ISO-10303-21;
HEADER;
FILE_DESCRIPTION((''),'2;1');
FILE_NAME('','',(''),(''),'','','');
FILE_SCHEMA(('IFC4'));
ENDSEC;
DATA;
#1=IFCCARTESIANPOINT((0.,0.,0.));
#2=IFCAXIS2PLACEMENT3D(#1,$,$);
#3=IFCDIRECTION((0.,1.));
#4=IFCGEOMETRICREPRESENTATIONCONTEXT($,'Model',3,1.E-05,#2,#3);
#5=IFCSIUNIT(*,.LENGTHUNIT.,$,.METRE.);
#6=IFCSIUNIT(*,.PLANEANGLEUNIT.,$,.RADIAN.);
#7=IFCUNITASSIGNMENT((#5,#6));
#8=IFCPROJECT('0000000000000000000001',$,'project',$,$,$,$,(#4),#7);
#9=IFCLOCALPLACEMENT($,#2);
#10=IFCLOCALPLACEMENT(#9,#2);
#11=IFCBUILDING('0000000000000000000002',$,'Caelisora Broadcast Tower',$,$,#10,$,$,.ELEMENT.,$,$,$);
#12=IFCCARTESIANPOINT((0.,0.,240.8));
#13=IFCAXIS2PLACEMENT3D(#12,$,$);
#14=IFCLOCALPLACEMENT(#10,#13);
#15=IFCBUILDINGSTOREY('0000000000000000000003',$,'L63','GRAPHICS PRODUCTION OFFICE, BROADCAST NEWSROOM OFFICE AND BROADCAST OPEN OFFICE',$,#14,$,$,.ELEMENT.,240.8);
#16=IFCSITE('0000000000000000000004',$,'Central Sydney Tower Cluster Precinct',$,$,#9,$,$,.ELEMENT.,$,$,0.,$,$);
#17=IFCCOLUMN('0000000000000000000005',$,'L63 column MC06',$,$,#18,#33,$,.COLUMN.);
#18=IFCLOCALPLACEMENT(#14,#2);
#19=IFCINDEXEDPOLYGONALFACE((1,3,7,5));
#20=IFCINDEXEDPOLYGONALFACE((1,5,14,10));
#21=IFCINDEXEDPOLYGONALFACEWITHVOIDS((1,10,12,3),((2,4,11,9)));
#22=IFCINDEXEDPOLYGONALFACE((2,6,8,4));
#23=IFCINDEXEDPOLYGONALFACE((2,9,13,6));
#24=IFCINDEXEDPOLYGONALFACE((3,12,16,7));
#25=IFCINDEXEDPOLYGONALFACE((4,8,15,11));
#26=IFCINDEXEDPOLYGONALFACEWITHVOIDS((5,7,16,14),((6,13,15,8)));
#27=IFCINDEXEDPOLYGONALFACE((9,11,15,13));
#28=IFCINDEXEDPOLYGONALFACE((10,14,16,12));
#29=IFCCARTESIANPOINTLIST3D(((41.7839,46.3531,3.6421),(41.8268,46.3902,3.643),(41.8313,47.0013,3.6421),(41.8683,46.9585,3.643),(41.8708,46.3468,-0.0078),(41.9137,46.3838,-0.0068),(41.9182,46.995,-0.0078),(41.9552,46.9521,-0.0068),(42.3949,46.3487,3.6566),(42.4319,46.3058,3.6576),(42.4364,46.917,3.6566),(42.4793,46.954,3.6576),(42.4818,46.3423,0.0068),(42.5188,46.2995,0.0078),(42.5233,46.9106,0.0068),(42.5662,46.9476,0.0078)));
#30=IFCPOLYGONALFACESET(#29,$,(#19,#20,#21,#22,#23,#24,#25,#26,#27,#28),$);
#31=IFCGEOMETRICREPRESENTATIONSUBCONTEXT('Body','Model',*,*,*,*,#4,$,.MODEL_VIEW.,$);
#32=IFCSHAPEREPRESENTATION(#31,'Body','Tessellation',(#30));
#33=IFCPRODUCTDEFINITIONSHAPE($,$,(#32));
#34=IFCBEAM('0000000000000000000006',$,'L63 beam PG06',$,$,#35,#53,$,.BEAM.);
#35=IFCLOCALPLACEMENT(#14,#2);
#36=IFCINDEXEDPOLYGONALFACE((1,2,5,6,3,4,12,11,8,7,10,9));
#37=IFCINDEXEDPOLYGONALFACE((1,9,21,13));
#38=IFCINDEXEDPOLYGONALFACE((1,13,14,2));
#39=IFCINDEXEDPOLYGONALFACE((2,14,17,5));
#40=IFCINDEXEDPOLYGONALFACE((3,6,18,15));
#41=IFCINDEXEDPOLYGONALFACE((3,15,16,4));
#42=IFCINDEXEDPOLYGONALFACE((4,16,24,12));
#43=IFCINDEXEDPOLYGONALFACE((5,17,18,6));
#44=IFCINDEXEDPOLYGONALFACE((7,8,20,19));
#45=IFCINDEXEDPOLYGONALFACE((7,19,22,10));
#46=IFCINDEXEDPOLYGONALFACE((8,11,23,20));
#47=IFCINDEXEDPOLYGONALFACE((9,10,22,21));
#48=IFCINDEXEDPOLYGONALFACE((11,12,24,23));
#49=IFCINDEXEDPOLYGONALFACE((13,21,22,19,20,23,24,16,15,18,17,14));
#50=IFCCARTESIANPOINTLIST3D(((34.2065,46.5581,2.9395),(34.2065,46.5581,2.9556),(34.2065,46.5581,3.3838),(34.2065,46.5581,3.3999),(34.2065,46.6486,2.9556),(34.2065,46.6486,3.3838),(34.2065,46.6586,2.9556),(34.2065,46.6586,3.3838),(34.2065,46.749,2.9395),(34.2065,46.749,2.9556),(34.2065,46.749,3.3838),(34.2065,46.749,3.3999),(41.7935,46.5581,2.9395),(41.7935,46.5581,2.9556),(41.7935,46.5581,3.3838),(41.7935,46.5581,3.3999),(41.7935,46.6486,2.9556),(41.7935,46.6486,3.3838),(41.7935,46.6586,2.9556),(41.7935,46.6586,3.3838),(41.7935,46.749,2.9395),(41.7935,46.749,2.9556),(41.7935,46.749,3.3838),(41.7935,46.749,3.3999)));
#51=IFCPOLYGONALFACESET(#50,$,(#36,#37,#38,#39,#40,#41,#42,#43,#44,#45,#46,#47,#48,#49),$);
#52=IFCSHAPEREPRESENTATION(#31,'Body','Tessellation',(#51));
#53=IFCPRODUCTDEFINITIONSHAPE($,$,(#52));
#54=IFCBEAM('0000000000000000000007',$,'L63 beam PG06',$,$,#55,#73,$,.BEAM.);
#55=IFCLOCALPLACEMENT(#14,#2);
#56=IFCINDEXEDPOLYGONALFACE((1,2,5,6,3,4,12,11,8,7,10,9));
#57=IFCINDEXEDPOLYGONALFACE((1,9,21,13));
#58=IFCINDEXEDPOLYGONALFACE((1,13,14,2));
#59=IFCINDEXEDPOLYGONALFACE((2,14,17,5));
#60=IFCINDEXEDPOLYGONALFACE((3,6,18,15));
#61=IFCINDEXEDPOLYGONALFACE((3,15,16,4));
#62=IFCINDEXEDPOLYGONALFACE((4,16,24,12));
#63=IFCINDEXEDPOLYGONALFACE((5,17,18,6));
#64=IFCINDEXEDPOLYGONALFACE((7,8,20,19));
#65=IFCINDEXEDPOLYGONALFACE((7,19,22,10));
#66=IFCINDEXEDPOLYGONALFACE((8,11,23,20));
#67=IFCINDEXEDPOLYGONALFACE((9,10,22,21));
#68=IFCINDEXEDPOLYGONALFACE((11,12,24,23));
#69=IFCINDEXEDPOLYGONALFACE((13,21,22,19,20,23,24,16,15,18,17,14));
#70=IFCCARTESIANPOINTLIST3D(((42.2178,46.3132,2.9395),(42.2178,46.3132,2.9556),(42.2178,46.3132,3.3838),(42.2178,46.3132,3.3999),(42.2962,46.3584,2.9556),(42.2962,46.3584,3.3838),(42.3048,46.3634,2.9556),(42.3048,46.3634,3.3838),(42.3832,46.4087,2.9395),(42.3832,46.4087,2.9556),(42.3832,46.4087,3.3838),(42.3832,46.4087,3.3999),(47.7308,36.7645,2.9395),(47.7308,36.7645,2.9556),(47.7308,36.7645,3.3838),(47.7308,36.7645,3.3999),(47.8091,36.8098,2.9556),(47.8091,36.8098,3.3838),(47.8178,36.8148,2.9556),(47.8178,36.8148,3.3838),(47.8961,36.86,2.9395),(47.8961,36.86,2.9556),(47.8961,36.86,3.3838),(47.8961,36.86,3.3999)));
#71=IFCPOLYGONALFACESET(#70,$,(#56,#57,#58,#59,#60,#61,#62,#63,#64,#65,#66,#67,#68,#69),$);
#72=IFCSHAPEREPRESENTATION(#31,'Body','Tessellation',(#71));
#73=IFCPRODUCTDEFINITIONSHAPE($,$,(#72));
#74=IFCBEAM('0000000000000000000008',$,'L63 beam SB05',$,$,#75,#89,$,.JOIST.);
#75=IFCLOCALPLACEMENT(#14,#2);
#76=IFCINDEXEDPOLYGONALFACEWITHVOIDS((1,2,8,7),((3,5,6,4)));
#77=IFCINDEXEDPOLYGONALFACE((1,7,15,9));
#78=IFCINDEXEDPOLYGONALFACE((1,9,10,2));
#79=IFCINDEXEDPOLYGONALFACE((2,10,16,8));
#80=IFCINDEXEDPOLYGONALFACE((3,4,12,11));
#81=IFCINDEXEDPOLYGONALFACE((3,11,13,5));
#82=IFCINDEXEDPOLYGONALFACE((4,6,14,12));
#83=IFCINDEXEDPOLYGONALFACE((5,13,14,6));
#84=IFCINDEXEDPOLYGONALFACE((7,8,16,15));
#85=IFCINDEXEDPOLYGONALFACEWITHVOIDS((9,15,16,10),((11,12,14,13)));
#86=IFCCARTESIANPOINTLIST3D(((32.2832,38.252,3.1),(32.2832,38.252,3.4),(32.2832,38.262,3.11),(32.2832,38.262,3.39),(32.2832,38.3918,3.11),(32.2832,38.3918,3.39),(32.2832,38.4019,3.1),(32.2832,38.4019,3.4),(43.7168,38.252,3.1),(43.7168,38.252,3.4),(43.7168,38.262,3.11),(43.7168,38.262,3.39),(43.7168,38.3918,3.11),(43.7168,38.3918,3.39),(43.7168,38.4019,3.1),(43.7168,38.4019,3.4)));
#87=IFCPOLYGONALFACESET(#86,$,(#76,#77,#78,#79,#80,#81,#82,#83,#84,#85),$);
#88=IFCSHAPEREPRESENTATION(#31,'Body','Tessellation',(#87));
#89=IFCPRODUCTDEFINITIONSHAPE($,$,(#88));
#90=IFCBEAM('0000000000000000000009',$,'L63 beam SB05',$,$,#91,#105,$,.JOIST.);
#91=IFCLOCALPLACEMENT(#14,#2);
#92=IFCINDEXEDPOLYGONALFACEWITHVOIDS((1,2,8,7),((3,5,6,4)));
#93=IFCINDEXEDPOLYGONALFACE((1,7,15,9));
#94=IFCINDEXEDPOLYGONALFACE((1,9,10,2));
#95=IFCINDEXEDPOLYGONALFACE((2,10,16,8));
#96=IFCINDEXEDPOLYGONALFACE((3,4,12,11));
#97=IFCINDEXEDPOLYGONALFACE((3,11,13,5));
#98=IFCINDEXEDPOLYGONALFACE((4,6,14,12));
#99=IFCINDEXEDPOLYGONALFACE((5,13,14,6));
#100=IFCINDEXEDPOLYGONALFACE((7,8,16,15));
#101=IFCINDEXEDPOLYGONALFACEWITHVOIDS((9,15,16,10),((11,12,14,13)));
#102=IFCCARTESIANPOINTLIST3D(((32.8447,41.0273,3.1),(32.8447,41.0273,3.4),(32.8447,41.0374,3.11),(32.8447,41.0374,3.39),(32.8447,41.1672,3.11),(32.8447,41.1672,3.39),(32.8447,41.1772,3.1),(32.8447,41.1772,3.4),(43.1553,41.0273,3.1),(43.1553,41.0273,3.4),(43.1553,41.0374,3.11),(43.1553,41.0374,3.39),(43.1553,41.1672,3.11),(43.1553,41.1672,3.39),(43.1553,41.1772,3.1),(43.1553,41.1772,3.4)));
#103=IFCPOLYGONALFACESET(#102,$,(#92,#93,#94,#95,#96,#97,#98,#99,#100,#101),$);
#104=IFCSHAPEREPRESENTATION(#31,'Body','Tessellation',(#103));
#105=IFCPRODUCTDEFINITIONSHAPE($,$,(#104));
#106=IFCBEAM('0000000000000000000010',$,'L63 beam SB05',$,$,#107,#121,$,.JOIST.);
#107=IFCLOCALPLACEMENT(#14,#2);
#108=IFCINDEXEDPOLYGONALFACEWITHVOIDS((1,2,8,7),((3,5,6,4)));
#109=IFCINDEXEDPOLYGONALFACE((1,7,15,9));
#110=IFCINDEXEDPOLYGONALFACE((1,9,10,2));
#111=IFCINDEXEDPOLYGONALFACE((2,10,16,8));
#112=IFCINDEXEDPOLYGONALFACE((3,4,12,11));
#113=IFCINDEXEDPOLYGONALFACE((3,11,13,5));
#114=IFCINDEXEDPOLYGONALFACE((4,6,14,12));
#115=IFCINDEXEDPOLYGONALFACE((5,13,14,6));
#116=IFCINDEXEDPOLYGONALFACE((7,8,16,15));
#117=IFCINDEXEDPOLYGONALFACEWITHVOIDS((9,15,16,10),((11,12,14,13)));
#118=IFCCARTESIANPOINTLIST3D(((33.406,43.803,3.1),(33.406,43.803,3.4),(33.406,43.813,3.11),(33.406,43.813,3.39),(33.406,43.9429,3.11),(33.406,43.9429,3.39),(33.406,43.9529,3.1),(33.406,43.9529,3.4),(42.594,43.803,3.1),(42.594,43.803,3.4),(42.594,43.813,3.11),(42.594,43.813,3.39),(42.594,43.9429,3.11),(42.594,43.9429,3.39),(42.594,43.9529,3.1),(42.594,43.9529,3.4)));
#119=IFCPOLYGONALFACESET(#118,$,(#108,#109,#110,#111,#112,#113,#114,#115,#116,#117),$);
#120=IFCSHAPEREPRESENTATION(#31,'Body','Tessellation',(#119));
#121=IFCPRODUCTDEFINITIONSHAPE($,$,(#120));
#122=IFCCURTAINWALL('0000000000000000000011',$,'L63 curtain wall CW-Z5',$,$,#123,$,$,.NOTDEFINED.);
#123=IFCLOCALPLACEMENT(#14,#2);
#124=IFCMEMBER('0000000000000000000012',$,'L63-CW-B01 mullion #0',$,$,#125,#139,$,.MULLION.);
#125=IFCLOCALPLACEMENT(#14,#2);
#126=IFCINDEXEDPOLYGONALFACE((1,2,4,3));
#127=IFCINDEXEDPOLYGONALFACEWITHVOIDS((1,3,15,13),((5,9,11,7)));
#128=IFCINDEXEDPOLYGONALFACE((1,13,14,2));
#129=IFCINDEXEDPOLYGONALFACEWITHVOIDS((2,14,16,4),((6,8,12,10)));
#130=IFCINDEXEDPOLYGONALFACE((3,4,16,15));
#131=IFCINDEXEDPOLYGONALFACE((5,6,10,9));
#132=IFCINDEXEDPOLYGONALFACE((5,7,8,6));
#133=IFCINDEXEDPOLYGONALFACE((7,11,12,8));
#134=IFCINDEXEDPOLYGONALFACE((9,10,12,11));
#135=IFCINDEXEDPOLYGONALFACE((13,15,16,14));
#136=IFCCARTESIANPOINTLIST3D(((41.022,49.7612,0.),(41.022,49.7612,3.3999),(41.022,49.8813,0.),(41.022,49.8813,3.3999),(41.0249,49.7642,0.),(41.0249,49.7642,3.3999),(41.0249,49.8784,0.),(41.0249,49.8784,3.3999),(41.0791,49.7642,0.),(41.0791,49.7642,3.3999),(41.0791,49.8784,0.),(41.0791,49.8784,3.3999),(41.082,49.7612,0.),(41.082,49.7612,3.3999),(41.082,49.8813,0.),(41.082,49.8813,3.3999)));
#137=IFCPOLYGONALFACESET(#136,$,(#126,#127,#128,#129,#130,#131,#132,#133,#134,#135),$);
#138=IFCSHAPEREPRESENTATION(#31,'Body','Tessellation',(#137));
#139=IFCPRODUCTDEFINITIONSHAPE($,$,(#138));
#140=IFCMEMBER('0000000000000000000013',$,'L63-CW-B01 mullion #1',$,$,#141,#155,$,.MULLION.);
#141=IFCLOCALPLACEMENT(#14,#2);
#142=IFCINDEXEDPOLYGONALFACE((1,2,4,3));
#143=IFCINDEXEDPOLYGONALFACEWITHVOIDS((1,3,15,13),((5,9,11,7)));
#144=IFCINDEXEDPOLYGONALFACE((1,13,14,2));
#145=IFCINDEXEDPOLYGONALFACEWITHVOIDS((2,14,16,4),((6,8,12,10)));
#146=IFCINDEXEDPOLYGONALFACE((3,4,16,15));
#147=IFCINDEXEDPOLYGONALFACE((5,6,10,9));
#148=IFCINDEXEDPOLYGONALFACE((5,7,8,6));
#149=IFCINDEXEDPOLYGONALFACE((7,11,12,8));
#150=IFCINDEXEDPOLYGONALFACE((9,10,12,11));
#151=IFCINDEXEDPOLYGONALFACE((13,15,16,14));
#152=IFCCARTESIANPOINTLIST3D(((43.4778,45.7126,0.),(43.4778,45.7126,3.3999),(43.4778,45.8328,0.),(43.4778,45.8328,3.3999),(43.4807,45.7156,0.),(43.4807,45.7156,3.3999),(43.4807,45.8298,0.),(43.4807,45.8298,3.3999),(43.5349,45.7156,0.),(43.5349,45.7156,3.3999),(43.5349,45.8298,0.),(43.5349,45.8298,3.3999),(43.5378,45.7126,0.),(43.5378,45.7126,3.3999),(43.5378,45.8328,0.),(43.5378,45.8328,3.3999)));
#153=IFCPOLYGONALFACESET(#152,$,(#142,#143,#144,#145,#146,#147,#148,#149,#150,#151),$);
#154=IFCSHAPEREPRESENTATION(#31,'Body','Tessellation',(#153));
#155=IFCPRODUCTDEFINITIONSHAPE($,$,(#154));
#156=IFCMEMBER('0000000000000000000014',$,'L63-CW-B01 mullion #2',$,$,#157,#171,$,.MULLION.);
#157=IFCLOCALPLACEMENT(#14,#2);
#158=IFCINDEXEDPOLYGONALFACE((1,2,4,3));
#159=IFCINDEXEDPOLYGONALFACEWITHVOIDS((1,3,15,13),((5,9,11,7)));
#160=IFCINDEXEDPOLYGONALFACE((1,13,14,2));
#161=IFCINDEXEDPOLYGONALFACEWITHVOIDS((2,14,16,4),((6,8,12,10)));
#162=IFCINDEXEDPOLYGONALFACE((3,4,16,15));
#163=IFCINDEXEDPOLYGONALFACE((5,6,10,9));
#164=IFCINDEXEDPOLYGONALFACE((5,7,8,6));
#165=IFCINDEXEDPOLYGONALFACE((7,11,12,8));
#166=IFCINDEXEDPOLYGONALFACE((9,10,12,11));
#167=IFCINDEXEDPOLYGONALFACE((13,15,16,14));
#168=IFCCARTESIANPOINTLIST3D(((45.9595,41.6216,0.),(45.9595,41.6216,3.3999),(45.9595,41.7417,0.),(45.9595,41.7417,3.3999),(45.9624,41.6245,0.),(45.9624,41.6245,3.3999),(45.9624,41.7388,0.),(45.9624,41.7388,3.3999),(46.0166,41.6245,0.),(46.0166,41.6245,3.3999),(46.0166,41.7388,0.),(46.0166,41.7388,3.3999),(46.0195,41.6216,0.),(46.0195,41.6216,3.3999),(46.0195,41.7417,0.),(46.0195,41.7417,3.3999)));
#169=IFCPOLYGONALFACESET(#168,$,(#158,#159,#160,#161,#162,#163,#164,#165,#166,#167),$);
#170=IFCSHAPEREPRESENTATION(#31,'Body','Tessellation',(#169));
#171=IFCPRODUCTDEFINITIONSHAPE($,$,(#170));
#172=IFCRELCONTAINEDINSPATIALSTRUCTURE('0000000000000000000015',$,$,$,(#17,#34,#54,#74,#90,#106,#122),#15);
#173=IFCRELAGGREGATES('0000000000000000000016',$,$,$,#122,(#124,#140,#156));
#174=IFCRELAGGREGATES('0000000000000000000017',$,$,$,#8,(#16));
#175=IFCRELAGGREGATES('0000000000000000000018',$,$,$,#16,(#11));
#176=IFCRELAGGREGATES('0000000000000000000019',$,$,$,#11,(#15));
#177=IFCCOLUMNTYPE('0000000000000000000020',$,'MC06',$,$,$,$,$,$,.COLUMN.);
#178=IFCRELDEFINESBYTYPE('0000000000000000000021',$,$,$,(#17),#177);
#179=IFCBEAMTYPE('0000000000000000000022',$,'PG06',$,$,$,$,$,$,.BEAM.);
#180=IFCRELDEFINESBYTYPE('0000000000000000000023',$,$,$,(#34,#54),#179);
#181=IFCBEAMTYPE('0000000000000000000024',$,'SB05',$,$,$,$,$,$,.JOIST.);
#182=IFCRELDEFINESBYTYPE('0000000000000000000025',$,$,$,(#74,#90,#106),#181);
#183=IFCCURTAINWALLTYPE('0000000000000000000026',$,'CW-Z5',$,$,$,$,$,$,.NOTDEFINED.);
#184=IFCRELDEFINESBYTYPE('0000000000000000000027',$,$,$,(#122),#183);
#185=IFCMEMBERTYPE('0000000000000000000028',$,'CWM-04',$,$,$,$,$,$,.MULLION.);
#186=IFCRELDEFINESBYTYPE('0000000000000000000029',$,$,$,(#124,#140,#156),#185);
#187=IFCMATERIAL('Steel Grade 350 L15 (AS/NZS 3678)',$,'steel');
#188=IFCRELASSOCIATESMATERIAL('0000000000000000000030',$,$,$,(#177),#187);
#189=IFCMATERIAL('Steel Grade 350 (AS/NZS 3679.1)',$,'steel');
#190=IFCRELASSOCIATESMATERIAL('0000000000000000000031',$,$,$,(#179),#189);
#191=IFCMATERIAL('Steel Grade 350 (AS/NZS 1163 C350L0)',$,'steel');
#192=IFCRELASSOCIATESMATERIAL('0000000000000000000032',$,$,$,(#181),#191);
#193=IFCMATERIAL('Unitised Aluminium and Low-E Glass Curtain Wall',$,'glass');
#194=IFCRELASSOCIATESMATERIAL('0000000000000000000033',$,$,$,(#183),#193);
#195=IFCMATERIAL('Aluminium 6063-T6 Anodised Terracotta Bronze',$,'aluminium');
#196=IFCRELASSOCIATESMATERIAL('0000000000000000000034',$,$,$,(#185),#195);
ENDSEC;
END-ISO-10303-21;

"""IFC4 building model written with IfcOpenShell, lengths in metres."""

from ifc_helpers import new_model, si_unit, direction, frame, origin, origin_2d, place, context, subcontext, project, spatial, hollow_rectangle, i_section, extrude, source, transform, mapped, material, material_profile, profile_set, type_object, type_shapes, element, aggregate, save


model = new_model("IFC4")

# Units and contexts
model_context = context("Model", 3, precision=1e-05, world=origin(), true_north=direction((0.0, 1.0)))
body_context = subcontext(model_context, "Body", "Model", "MODEL_VIEW")
ifc_project = project(units=[si_unit("LENGTHUNIT", "METRE"), si_unit("PLANEANGLEUNIT", "RADIAN")], contexts=[model_context])

# Site, building, storey
site_placement = place(None, origin())
site = spatial("IfcSite", under=ifc_project, at=site_placement, Name="Central Sydney Tower Cluster Precinct", CompositionType="ELEMENT", RefElevation=0.0)
building_placement = place(site_placement, origin())
building = spatial("IfcBuilding", under=site, at=building_placement, Name="Caelisora Broadcast Tower", CompositionType="ELEMENT")
storey_placement = place(building_placement, frame((0.0, 0.0, 240.8)))
storey = spatial("IfcBuildingStorey", under=building, at=storey_placement, Name="L63", Description="GRAPHICS PRODUCTION OFFICE, BROADCAST NEWSROOM OFFICE AND BROADCAST OPEN OFFICE", CompositionType="ELEMENT", Elevation=240.8)

# Column
ifc_material_1 = material(Name="Steel Grade 350 L15 (AS/NZS 3678)", Category="steel")
ifc_material_profile_1 = material_profile(ifc_material_1, hollow_rectangle(XDim=0.6499, YDim=0.6499, WallThickness=0.04, at=origin_2d()), Name="Steel Grade 350 L15 (AS/NZS 3678)")
ifc_profile_set_1 = profile_set([ifc_material_profile_1], Name="Steel Grade 350 L15 (AS/NZS 3678)")
column_type = type_object("IfcColumnType", Name="MC06", PredefinedType="COLUMN", material=ifc_profile_set_1)
shared_shape_1 = source(origin(), body_context, "Body", "SweptSolid", [
    extrude(hollow_rectangle(XDim=0.6499, YDim=0.6499, WallThickness=0.04, at=origin_2d()), origin(), (0.0, 0.0, 1.0), 3.6509),
])
type_shapes(column_type, [shared_shape_1])
column_placement = place(storey_placement, frame((42.2185, 46.6472, 0.0), z_axis=(-0.023806, 0.001739, 0.999715), x_axis=(-0.07284, -0.997344, 0.0)))
element("IfcColumn", 1, at=column_placement, inside=storey, type_object=column_type, Name="L63 column MC06", PredefinedType="COLUMN", context=body_context, shape_type="MappedRepresentation", body=[
    mapped(shared_shape_1, transform((0.0, 0.0, 0.0), scale=1.0)),
])

# Beams
ifc_material_2 = material(Name="Steel Grade 350 (AS/NZS 3679.1)", Category="steel")
ifc_material_profile_2 = material_profile(ifc_material_2, i_section(OverallWidth=0.1909, OverallDepth=0.4604, WebThickness=0.01, FlangeThickness=0.0161, at=origin_2d()), Name="Steel Grade 350 (AS/NZS 3679.1)")
ifc_profile_set_2 = profile_set([ifc_material_profile_2], Name="Steel Grade 350 (AS/NZS 3679.1)")
beam_type_1 = type_object("IfcBeamType", Name="PG06", PredefinedType="BEAM", material=ifc_profile_set_2)
shared_shape_2 = source(origin(), body_context, "Body", "SweptSolid", [
    extrude(i_section(OverallWidth=0.1909, OverallDepth=0.4604, WebThickness=0.01, FlangeThickness=0.0161, at=origin_2d()), origin(), (0.0, 0.0, 1.0), 7.5869),
])
beam_1_placement = place(storey_placement, frame((41.7935, 46.6536, 3.1697), z_axis=(-1.0, 0.0, 0.0), x_axis=(0.0, -1.0, 0.0)))
element("IfcBeam", 2, at=beam_1_placement, inside=storey, type_object=beam_type_1, Name="L63 beam PG06", PredefinedType="BEAM", context=body_context, shape_type="MappedRepresentation", body=[
    mapped(shared_shape_2, transform((0.0, 0.0, 0.0), scale=1.0)),
])
shared_shape_3 = source(origin(), body_context, "Body", "SweptSolid", [
    extrude(i_section(OverallWidth=0.1909, OverallDepth=0.4604, WebThickness=0.01, FlangeThickness=0.0161, at=origin_2d()), origin(), (0.0, 0.0, 1.0), 11.0259),
])
type_shapes(beam_type_1, [shared_shape_2, shared_shape_3])
beam_2_placement = place(storey_placement, frame((47.8135, 36.8123, 3.1697), z_axis=(-0.500004, 0.866023, 0.0), x_axis=(-0.866023, -0.500004, 0.0)))
element("IfcBeam", 3, at=beam_2_placement, inside=storey, type_object=beam_type_1, Name="L63 beam PG06", PredefinedType="BEAM", context=body_context, shape_type="MappedRepresentation", body=[
    mapped(shared_shape_3, transform((0.0, 0.0, 0.0), scale=1.0)),
])
ifc_material_3 = material(Name="Steel Grade 350 (AS/NZS 1163 C350L0)", Category="steel")
ifc_material_profile_3 = material_profile(ifc_material_3, hollow_rectangle(XDim=0.1499, YDim=0.3, WallThickness=0.01, at=origin_2d()), Name="Steel Grade 350 (AS/NZS 1163 C350L0)")
ifc_profile_set_3 = profile_set([ifc_material_profile_3], Name="Steel Grade 350 (AS/NZS 1163 C350L0)")
beam_type_2 = type_object("IfcBeamType", Name="SB05", PredefinedType="JOIST", material=ifc_profile_set_3)
shared_shape_4 = source(origin(), body_context, "Body", "SweptSolid", [
    extrude(hollow_rectangle(XDim=0.1499, YDim=0.3, WallThickness=0.01, at=origin_2d()), origin(), (0.0, 0.0, 1.0), 11.4336),
])
beam_3_placement = place(storey_placement, frame((43.7168, 38.3269, 3.25), z_axis=(-1.0, 0.0, 0.0), x_axis=(0.0, -1.0, 0.0)))
element("IfcBeam", 4, at=beam_3_placement, inside=storey, type_object=beam_type_2, Name="L63 beam SB05", PredefinedType="JOIST", context=body_context, shape_type="MappedRepresentation", body=[
    mapped(shared_shape_4, transform((0.0, 0.0, 0.0), scale=1.0)),
])
shared_shape_5 = source(origin(), body_context, "Body", "SweptSolid", [
    extrude(hollow_rectangle(XDim=0.1499, YDim=0.3, WallThickness=0.01, at=origin_2d()), origin(), (0.0, 0.0, 1.0), 10.3105),
])
beam_4_placement = place(storey_placement, frame((43.1553, 41.1023, 3.25), z_axis=(-1.0, 0.0, 0.0), x_axis=(0.0, -1.0, 0.0)))
element("IfcBeam", 5, at=beam_4_placement, inside=storey, type_object=beam_type_2, Name="L63 beam SB05", PredefinedType="JOIST", context=body_context, shape_type="MappedRepresentation", body=[
    mapped(shared_shape_5, transform((0.0, 0.0, 0.0), scale=1.0)),
])
shared_shape_6 = source(origin(), body_context, "Body", "SweptSolid", [
    extrude(hollow_rectangle(XDim=0.1499, YDim=0.3, WallThickness=0.01, at=origin_2d()), origin(), (0.0, 0.0, 1.0), 9.188),
])
type_shapes(beam_type_2, [shared_shape_4, shared_shape_5, shared_shape_6])
beam_5_placement = place(storey_placement, frame((42.594, 43.8779, 3.25), z_axis=(-1.0, 0.0, 0.0), x_axis=(0.0, -1.0, 0.0)))
element("IfcBeam", 6, at=beam_5_placement, inside=storey, type_object=beam_type_2, Name="L63 beam SB05", PredefinedType="JOIST", context=body_context, shape_type="MappedRepresentation", body=[
    mapped(shared_shape_6, transform((0.0, 0.0, 0.0), scale=1.0)),
])

# Curtain wall, members
ifc_material_4 = material(Name="Unitised Aluminium and Low-E Glass Curtain Wall", Category="glass")
curtain_wall_type_1 = type_object("IfcCurtainWallType", Name="CW-Z5", PredefinedType="NOTDEFINED", material=ifc_material_4)
curtain_wall_1_placement = place(storey_placement, origin())
curtain_wall_1 = element("IfcCurtainWall", 7, at=curtain_wall_1_placement, inside=storey, type_object=curtain_wall_type_1, Name="L63 curtain wall CW-Z5", PredefinedType="NOTDEFINED")
ifc_material_5 = material(Name="Aluminium 6063-T6 Anodised Terracotta Bronze", Category="aluminium")
ifc_material_profile_4 = material_profile(ifc_material_5, hollow_rectangle(XDim=0.0601, YDim=0.1201, WallThickness=0.0029, at=origin_2d()), Name="Aluminium 6063-T6 Anodised Terracotta Bronze")
ifc_profile_set_4 = profile_set([ifc_material_profile_4], Name="Aluminium 6063-T6 Anodised Terracotta Bronze")
member_type_1 = type_object("IfcMemberType", Name="CWM-04", PredefinedType="MULLION", material=ifc_profile_set_4)
shared_shape_7 = source(origin(), body_context, "Body", "SweptSolid", [
    extrude(hollow_rectangle(XDim=0.0601, YDim=0.1201, WallThickness=0.0029, at=origin_2d()), origin(), (0.0, 0.0, 1.0), 3.3999),
])
type_shapes(member_type_1, [shared_shape_7])
member_1_placement = place(storey_placement, frame((41.052, 49.8213, 0.0), z_axis=(0.0, 0.0, 1.0), x_axis=(1.0, 0.0, 0.0)))
member_1 = element("IfcMember", 8, at=member_1_placement, type_object=member_type_1, Name="L63-CW-B01 mullion #0", PredefinedType="MULLION", context=body_context, shape_type="MappedRepresentation", body=[
    mapped(shared_shape_7, transform((0.0, 0.0, 0.0), scale=1.0)),
])
member_2_placement = place(storey_placement, frame((43.5078, 45.7727, 0.0), z_axis=(0.0, 0.0, 1.0), x_axis=(1.0, 0.0, 0.0)))
member_2 = element("IfcMember", 9, at=member_2_placement, type_object=member_type_1, Name="L63-CW-B01 mullion #1", PredefinedType="MULLION", context=body_context, shape_type="MappedRepresentation", body=[
    mapped(shared_shape_7, transform((0.0, 0.0, 0.0), scale=1.0)),
])
member_3_placement = place(storey_placement, frame((45.9895, 41.6816, 0.0), z_axis=(0.0, 0.0, 1.0), x_axis=(1.0, 0.0, 0.0)))
member_3 = element("IfcMember", 10, at=member_3_placement, type_object=member_type_1, Name="L63-CW-B01 mullion #2", PredefinedType="MULLION", context=body_context, shape_type="MappedRepresentation", body=[
    mapped(shared_shape_7, transform((0.0, 0.0, 0.0), scale=1.0)),
])

aggregate(curtain_wall_1, [member_1, member_2, member_3])

save(model, "model.ifc")
